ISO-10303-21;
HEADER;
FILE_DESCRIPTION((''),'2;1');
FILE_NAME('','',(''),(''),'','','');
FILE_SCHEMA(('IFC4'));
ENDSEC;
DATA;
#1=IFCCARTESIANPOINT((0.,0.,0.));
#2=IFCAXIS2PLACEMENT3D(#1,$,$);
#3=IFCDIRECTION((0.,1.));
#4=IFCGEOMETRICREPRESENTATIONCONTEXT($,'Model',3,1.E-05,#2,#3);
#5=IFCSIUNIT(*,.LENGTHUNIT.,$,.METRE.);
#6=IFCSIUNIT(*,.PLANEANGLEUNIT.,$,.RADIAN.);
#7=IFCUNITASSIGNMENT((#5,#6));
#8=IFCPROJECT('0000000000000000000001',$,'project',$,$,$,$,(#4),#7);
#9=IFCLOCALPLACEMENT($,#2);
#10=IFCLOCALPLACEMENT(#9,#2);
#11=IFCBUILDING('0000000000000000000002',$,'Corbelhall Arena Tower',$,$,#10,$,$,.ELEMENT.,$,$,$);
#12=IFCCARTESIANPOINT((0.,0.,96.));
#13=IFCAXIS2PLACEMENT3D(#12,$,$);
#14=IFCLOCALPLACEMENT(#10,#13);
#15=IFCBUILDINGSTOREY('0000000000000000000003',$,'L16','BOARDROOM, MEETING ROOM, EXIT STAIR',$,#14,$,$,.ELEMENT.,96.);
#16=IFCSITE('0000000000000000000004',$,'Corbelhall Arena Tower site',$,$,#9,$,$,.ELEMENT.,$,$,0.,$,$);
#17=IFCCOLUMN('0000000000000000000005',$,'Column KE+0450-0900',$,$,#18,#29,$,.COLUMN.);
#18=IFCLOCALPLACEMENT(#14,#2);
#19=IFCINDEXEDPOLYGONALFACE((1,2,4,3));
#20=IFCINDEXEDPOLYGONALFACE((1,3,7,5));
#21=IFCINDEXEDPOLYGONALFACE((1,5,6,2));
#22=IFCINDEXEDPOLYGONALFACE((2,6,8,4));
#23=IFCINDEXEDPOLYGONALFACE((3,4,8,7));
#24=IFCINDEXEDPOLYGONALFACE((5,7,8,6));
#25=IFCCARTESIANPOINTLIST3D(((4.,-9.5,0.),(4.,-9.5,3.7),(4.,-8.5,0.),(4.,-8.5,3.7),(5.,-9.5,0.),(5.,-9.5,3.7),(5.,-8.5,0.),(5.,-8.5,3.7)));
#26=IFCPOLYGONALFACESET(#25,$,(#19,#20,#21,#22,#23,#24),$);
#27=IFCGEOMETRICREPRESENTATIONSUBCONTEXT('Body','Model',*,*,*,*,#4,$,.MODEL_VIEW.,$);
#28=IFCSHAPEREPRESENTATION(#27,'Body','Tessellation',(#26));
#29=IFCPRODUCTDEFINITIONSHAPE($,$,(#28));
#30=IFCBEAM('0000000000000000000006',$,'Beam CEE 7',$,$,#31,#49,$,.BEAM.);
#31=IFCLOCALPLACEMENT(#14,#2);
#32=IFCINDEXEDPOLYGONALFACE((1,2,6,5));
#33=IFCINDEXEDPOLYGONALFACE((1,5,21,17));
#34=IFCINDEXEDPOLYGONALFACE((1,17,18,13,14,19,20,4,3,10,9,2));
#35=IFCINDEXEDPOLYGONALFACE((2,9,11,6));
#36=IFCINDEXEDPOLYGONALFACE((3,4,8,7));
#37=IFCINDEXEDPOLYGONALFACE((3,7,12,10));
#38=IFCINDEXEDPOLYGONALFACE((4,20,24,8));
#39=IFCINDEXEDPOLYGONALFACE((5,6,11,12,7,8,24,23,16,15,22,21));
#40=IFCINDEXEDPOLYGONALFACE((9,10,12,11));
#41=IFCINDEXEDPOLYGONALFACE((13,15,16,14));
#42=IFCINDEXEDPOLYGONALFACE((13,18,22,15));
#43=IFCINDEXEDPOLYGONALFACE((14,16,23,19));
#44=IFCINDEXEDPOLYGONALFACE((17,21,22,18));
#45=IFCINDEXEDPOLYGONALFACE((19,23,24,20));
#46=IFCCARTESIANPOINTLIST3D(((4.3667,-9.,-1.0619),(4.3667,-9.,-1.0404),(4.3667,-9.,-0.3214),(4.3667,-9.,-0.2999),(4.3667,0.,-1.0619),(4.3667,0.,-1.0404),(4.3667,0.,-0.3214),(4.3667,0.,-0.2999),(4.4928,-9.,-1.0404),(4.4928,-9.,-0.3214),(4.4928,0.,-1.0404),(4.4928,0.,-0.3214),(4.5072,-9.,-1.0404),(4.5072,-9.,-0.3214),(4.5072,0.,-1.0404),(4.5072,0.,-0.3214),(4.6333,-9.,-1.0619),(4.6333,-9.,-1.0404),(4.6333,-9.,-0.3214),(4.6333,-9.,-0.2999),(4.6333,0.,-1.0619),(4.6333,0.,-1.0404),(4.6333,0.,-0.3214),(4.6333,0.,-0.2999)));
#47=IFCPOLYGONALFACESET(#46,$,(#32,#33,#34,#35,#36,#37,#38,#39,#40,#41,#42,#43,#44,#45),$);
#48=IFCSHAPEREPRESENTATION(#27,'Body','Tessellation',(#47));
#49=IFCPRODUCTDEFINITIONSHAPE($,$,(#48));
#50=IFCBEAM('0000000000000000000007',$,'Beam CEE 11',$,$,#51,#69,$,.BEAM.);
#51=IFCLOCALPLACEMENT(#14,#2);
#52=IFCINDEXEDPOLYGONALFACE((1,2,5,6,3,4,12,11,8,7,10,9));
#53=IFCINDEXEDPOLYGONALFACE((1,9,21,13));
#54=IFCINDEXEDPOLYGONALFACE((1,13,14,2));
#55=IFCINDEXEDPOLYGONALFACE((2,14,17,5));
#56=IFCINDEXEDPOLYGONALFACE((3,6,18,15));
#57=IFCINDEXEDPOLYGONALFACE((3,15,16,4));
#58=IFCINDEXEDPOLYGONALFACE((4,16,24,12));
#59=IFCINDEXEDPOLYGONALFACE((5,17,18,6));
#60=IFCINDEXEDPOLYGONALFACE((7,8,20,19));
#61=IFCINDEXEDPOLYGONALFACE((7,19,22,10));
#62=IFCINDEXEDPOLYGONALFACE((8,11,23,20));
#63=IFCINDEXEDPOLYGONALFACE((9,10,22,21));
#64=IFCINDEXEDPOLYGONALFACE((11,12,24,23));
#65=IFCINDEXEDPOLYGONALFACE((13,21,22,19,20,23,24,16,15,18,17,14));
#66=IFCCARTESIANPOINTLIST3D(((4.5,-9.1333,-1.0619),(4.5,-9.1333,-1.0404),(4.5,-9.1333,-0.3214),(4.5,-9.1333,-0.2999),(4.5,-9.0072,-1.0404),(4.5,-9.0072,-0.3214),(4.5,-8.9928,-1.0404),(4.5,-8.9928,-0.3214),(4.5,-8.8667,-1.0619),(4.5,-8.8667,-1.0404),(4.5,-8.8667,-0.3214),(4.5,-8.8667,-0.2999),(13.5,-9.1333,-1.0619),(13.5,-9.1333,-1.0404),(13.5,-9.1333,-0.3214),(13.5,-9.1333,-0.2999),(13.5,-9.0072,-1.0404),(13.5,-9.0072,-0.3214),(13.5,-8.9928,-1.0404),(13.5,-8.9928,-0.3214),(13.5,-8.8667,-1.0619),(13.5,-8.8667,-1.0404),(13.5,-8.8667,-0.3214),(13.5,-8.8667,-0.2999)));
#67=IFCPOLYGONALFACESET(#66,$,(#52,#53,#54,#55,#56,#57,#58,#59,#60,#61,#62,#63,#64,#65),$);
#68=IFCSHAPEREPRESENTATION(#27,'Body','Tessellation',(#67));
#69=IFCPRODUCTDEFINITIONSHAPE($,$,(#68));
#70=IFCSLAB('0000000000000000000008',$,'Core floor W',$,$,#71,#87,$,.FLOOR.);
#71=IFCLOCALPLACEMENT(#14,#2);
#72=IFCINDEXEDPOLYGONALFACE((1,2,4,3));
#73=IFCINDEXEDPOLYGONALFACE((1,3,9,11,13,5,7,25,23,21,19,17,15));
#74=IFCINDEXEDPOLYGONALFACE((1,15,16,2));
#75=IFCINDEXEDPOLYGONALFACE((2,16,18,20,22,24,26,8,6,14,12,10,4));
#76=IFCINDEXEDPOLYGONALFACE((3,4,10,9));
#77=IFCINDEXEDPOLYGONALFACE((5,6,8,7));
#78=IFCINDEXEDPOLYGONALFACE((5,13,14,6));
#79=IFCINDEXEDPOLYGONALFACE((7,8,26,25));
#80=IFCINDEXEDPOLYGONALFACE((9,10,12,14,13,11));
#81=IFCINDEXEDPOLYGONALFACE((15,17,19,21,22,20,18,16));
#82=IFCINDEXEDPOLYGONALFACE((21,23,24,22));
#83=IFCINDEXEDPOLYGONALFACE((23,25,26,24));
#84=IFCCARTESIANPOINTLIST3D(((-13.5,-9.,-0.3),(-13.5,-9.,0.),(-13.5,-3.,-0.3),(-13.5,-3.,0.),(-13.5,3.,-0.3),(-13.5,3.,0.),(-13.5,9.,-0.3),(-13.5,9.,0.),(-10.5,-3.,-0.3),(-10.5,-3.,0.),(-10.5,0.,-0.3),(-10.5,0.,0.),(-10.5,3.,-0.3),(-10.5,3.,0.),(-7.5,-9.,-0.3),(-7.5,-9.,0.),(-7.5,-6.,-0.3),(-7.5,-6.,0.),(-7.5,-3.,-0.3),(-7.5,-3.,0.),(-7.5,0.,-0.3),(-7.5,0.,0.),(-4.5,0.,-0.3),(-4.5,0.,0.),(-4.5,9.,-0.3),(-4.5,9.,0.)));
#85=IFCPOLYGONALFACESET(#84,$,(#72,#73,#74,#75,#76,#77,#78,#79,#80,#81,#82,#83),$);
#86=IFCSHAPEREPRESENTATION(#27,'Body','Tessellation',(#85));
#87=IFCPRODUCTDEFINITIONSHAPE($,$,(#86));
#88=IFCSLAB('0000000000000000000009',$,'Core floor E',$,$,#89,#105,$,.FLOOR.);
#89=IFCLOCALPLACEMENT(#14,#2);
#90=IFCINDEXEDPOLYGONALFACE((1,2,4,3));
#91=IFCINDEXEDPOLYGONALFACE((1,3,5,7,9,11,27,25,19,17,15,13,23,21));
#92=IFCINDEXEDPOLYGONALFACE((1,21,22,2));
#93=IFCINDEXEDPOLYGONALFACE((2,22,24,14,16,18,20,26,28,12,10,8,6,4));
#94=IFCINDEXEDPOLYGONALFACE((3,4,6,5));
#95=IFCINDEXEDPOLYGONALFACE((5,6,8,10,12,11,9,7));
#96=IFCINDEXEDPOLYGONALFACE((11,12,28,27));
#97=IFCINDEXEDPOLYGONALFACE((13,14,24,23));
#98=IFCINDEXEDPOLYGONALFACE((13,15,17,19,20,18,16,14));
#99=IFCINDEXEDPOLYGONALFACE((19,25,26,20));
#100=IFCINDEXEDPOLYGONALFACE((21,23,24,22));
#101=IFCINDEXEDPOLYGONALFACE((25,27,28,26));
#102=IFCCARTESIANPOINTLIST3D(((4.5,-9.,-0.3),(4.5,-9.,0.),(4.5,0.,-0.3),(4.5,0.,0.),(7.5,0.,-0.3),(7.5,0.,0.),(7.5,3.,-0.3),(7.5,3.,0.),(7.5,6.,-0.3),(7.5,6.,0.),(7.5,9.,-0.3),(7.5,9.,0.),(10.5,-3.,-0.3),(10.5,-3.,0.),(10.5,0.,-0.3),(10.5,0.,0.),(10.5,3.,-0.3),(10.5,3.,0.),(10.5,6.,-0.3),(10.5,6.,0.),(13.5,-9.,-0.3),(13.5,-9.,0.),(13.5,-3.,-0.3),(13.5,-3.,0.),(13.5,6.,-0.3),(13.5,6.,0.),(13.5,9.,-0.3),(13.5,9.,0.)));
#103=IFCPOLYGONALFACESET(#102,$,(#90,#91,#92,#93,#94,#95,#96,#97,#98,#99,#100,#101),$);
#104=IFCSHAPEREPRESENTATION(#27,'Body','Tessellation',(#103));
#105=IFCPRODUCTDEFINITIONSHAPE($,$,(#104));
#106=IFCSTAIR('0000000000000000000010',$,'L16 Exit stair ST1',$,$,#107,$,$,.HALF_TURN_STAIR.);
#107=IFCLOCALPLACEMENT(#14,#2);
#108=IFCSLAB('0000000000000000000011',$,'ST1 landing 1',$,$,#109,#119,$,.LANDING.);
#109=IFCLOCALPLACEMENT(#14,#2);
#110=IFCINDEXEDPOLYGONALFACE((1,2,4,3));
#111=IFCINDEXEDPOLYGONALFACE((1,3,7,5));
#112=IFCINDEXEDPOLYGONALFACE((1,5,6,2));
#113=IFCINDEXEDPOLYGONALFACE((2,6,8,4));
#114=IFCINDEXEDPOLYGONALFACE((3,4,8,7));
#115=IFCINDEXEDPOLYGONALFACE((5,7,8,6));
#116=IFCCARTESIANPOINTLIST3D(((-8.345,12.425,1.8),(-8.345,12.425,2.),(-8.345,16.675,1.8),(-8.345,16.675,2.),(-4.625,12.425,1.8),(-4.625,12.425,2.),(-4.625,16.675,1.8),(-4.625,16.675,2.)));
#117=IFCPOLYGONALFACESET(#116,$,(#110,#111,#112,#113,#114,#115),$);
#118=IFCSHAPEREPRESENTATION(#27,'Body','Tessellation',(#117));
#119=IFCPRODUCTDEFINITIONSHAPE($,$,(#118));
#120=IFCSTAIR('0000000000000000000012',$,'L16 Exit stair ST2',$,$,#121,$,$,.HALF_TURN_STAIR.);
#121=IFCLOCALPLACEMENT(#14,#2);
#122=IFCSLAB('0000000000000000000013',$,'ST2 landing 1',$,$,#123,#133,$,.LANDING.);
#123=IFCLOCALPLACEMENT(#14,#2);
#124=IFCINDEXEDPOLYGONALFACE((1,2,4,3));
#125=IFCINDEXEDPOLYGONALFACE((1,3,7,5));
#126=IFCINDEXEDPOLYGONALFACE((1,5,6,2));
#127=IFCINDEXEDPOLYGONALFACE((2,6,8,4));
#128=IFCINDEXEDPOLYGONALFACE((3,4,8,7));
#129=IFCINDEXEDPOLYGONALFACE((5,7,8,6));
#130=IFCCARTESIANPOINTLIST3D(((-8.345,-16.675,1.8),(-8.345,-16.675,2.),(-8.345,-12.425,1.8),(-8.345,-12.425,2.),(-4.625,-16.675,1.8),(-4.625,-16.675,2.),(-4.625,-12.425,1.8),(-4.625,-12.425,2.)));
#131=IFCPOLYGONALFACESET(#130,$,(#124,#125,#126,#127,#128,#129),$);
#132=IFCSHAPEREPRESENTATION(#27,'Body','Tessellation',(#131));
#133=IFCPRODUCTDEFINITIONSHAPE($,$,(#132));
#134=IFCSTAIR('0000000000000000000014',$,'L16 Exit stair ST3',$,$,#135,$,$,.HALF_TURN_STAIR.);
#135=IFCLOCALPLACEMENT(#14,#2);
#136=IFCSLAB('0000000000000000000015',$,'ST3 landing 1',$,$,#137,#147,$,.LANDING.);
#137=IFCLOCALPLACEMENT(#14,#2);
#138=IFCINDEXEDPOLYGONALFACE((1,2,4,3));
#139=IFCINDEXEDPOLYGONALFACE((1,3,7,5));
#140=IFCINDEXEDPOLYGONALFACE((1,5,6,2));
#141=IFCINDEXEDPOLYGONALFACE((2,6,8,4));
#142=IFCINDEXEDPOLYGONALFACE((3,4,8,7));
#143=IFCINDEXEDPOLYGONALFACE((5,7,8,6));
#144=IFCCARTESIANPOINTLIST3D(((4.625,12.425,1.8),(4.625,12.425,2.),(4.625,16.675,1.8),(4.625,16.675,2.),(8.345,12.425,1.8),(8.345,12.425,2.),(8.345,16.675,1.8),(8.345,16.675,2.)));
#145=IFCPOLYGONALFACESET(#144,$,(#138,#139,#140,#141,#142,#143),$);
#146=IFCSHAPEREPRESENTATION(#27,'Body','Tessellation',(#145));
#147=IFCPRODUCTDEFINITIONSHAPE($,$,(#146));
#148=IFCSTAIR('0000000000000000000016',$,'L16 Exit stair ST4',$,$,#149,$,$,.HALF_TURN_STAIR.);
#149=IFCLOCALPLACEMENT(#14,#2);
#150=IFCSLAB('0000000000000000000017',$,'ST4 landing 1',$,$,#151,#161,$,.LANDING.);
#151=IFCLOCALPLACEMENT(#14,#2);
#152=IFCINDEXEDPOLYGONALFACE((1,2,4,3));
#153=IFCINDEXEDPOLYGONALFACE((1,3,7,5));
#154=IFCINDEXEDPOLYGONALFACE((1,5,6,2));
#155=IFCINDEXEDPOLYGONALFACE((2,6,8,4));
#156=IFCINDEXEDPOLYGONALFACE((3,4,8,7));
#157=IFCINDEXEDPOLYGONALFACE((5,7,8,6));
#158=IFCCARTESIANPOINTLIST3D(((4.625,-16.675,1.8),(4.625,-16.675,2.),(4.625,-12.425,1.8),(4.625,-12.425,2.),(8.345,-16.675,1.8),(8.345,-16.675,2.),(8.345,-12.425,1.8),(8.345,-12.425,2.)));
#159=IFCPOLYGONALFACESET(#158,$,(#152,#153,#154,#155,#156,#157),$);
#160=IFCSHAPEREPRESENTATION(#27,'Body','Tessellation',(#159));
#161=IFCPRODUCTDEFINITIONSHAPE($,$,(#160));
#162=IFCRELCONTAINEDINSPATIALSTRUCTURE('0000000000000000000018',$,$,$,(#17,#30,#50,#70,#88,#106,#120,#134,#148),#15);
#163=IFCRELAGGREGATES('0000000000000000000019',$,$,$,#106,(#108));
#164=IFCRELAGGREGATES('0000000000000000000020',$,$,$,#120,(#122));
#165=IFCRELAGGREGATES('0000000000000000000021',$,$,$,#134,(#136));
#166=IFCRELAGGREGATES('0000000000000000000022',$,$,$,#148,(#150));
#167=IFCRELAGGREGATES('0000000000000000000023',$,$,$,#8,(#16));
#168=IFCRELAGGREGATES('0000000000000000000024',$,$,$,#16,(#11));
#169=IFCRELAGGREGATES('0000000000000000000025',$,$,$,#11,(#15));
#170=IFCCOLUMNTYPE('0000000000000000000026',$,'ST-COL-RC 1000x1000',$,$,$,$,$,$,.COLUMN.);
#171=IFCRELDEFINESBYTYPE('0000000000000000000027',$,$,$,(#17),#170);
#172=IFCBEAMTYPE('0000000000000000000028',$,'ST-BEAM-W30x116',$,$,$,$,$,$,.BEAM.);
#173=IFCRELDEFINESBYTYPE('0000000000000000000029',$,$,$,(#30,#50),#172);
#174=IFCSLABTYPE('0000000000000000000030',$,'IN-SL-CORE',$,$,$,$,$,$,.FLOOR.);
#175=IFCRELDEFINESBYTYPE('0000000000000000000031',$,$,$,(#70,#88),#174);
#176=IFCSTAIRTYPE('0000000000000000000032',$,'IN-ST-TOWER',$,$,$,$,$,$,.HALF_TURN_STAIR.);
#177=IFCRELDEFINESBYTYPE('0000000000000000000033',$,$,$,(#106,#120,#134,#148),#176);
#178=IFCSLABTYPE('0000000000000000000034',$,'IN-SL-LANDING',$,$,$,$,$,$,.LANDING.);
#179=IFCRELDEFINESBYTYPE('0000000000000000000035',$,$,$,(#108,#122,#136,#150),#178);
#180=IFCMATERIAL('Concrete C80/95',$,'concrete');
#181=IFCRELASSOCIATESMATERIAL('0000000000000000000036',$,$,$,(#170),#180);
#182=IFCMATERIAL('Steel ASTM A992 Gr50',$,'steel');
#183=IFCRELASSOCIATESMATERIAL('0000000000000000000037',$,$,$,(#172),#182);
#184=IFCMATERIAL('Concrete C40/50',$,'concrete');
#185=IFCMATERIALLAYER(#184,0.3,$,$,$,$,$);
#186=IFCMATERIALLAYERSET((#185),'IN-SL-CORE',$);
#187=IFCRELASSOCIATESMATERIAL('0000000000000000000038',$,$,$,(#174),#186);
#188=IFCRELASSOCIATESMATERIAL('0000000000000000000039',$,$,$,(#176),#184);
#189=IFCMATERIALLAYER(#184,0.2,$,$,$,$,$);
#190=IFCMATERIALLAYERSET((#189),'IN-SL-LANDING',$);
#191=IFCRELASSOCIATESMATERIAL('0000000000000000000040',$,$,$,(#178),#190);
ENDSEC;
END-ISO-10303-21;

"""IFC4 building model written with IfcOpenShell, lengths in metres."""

from ifc_helpers import new_model, si_unit, direction, frame, origin, origin_2d, place, context, subcontext, project, spatial, polyline, rectangle, i_section, outline, extrude, material, layer, layer_set, material_profile, profile_set, type_object, element, aggregate, save


model = new_model("IFC4")

# Units and contexts
model_context = context("Model", 3, precision=1e-05, world=origin(), true_north=direction((0.0, 1.0)))
body_context = subcontext(model_context, "Body", "Model", "MODEL_VIEW")
ifc_project = project(units=[si_unit("LENGTHUNIT", "METRE"), si_unit("PLANEANGLEUNIT", "RADIAN")], contexts=[model_context])

# Site, building, storey
site_placement = place(None, origin())
site = spatial("IfcSite", under=ifc_project, at=site_placement, Name="Corbelhall Arena Tower site", CompositionType="ELEMENT", RefElevation=0.0)
building_placement = place(site_placement, origin())
building = spatial("IfcBuilding", under=site, at=building_placement, Name="Corbelhall Arena Tower", CompositionType="ELEMENT")
storey_placement = place(building_placement, frame((0.0, 0.0, 96.0)))
storey = spatial("IfcBuildingStorey", under=building, at=storey_placement, Name="L16", Description="BOARDROOM, MEETING ROOM, EXIT STAIR", CompositionType="ELEMENT", Elevation=96.0)

# Column
ifc_material_1 = material(Name="Concrete C80/95", Category="concrete")
ifc_material_profile_1 = material_profile(ifc_material_1, rectangle(XDim=1.0, YDim=1.0, at=origin_2d()))
ifc_profile_set_1 = profile_set([ifc_material_profile_1], Name="Concrete C80/95")
column_type = type_object("IfcColumnType", Name="ST-COL-RC 1000x1000", PredefinedType="COLUMN", material=ifc_profile_set_1)
column_placement = place(storey_placement, frame((4.5, -9.0, 0.0), z_axis=(0.0, 0.0, 1.0), x_axis=(1.0, 0.0, 0.0)))
element("IfcColumn", 1, at=column_placement, inside=storey, type_object=column_type, Name="Column KE+0450-0900", PredefinedType="COLUMN", context=body_context, shape_type="SweptSolid", body=[
    extrude(rectangle(XDim=1.0, YDim=1.0, at=origin_2d()), origin(), (0.0, 0.0, 1.0), 3.7),
])

# Beams
ifc_material_2 = material(Name="Steel ASTM A992 Gr50", Category="steel")
ifc_material_profile_2 = material_profile(ifc_material_2, i_section(OverallWidth=0.2666, OverallDepth=0.762, WebThickness=0.0144, FlangeThickness=0.0215, at=origin_2d()))
ifc_profile_set_2 = profile_set([ifc_material_profile_2], Name="Steel ASTM A992 Gr50")
beam_type = type_object("IfcBeamType", Name="ST-BEAM-W30x116", PredefinedType="BEAM", material=ifc_profile_set_2)
for number, where, z_axis, x_axis, name in (
    (2, (4.5, -9.0, -0.6809), (0.0, 1.0, 0.0), (-1.0, 0.0, 0.0), "Beam CEE 7"),
    (3, (4.5, -9.0, -0.6809), (1.0, 0.0, 0.0), (0.0, 1.0, 0.0), "Beam CEE 11"),
):
    element("IfcBeam", number, at=place(storey_placement, frame(where, z_axis=z_axis, x_axis=x_axis)), inside=storey, type_object=beam_type, Name=name, PredefinedType="BEAM", context=body_context, shape_type="SweptSolid", body=[
        extrude(i_section(OverallWidth=0.2666, OverallDepth=0.762, WebThickness=0.0144, FlangeThickness=0.0215, at=origin_2d()), origin(), (0.0, 0.0, 1.0), 9.0),
    ])

# Slabs
ifc_material_3 = material(Name="Concrete C40/50", Category="concrete")
ifc_layer_1 = layer(ifc_material_3, 0.3)
ifc_layer_set_1 = layer_set([ifc_layer_1], Name="IN-SL-CORE")
slab_type_1 = type_object("IfcSlabType", Name="IN-SL-CORE", PredefinedType="FLOOR", material=ifc_layer_set_1)
slab_1_placement = place(storey_placement, frame((0.0, 0.0, -0.3)))
element("IfcSlab", 4, at=slab_1_placement, inside=storey, type_object=slab_type_1, Name="Core floor W", PredefinedType="FLOOR", context=body_context, shape_type="SweptSolid", body=[
    extrude(outline(polyline([(-7.5, 0.0), (-4.5, 0.0), (-4.5, 9.0), (-13.5, 9.0), (-13.5, 3.0), (-10.5, 3.0), (-10.5, 0.0), (-10.5, -3.0), (-13.5, -3.0), (-13.5, -9.0), (-7.5, -9.0), (-7.5, -6.0), (-7.5, -3.0), (-7.5, 0.0)])), origin(), (0.0, 0.0, 1.0), 0.3),
])
slab_2_placement = place(storey_placement, frame((0.0, 0.0, -0.3)))
element("IfcSlab", 5, at=slab_2_placement, inside=storey, type_object=slab_type_1, Name="Core floor E", PredefinedType="FLOOR", context=body_context, shape_type="SweptSolid", body=[
    extrude(outline(polyline([(7.5, 0.0), (4.5, 0.0), (4.5, -9.0), (13.5, -9.0), (13.5, -3.0), (10.5, -3.0), (10.5, 0.0), (10.5, 3.0), (10.5, 6.0), (13.5, 6.0), (13.5, 9.0), (7.5, 9.0), (7.5, 6.0), (7.5, 3.0), (7.5, 0.0)])), origin(), (0.0, 0.0, 1.0), 0.3),
])

# Stairs, slabs
stair_type = type_object("IfcStairType", Name="IN-ST-TOWER", PredefinedType="HALF_TURN_STAIR", material=ifc_material_3)
stair_1_placement = place(storey_placement, origin())
stair_1 = element("IfcStair", 6, at=stair_1_placement, inside=storey, type_object=stair_type, Name="L16 Exit stair ST1", PredefinedType="HALF_TURN_STAIR")
ifc_layer_2 = layer(ifc_material_3, 0.2)
ifc_layer_set_2 = layer_set([ifc_layer_2], Name="IN-SL-LANDING")
slab_type_2 = type_object("IfcSlabType", Name="IN-SL-LANDING", PredefinedType="LANDING", material=ifc_layer_set_2)
slab_3_placement = place(storey_placement, frame((0.0, 0.0, 1.8)))
slab_3 = element("IfcSlab", 7, at=slab_3_placement, type_object=slab_type_2, Name="ST1 landing 1", PredefinedType="LANDING", context=body_context, shape_type="SweptSolid", body=[
    extrude(outline(polyline([(-8.345, 12.425), (-4.625, 12.425), (-4.625, 16.675), (-8.345, 16.675), (-8.345, 12.425)])), origin(), (0.0, 0.0, 1.0), 0.2),
])
aggregate(stair_1, [slab_3])
stair_2_placement = place(storey_placement, origin())
stair_2 = element("IfcStair", 8, at=stair_2_placement, inside=storey, type_object=stair_type, Name="L16 Exit stair ST2", PredefinedType="HALF_TURN_STAIR")
slab_4_placement = place(storey_placement, frame((0.0, 0.0, 1.8)))
slab_4 = element("IfcSlab", 9, at=slab_4_placement, type_object=slab_type_2, Name="ST2 landing 1", PredefinedType="LANDING", context=body_context, shape_type="SweptSolid", body=[
    extrude(outline(polyline([(-8.345, -16.675), (-4.625, -16.675), (-4.625, -12.425), (-8.345, -12.425), (-8.345, -16.675)])), origin(), (0.0, 0.0, 1.0), 0.2),
])
aggregate(stair_2, [slab_4])
stair_3_placement = place(storey_placement, origin())
stair_3 = element("IfcStair", 10, at=stair_3_placement, inside=storey, type_object=stair_type, Name="L16 Exit stair ST3", PredefinedType="HALF_TURN_STAIR")
slab_5_placement = place(storey_placement, frame((0.0, 0.0, 1.8)))
slab_5 = element("IfcSlab", 11, at=slab_5_placement, type_object=slab_type_2, Name="ST3 landing 1", PredefinedType="LANDING", context=body_context, shape_type="SweptSolid", body=[
    extrude(outline(polyline([(8.345, 16.675), (4.625, 16.675), (4.625, 12.425), (8.345, 12.425), (8.345, 16.675)])), origin(), (0.0, 0.0, 1.0), 0.2),
])
aggregate(stair_3, [slab_5])
stair_4_placement = place(storey_placement, origin())
stair_4 = element("IfcStair", 12, at=stair_4_placement, inside=storey, type_object=stair_type, Name="L16 Exit stair ST4", PredefinedType="HALF_TURN_STAIR")
slab_6_placement = place(storey_placement, frame((0.0, 0.0, 1.8)))
slab_6 = element("IfcSlab", 13, at=slab_6_placement, type_object=slab_type_2, Name="ST4 landing 1", PredefinedType="LANDING", context=body_context, shape_type="SweptSolid", body=[
    extrude(outline(polyline([(8.345, -12.425), (4.625, -12.425), (4.625, -16.675), (8.345, -16.675), (8.345, -12.425)])), origin(), (0.0, 0.0, 1.0), 0.2),
])
aggregate(stair_4, [slab_6])

save(model, "model.ifc")
